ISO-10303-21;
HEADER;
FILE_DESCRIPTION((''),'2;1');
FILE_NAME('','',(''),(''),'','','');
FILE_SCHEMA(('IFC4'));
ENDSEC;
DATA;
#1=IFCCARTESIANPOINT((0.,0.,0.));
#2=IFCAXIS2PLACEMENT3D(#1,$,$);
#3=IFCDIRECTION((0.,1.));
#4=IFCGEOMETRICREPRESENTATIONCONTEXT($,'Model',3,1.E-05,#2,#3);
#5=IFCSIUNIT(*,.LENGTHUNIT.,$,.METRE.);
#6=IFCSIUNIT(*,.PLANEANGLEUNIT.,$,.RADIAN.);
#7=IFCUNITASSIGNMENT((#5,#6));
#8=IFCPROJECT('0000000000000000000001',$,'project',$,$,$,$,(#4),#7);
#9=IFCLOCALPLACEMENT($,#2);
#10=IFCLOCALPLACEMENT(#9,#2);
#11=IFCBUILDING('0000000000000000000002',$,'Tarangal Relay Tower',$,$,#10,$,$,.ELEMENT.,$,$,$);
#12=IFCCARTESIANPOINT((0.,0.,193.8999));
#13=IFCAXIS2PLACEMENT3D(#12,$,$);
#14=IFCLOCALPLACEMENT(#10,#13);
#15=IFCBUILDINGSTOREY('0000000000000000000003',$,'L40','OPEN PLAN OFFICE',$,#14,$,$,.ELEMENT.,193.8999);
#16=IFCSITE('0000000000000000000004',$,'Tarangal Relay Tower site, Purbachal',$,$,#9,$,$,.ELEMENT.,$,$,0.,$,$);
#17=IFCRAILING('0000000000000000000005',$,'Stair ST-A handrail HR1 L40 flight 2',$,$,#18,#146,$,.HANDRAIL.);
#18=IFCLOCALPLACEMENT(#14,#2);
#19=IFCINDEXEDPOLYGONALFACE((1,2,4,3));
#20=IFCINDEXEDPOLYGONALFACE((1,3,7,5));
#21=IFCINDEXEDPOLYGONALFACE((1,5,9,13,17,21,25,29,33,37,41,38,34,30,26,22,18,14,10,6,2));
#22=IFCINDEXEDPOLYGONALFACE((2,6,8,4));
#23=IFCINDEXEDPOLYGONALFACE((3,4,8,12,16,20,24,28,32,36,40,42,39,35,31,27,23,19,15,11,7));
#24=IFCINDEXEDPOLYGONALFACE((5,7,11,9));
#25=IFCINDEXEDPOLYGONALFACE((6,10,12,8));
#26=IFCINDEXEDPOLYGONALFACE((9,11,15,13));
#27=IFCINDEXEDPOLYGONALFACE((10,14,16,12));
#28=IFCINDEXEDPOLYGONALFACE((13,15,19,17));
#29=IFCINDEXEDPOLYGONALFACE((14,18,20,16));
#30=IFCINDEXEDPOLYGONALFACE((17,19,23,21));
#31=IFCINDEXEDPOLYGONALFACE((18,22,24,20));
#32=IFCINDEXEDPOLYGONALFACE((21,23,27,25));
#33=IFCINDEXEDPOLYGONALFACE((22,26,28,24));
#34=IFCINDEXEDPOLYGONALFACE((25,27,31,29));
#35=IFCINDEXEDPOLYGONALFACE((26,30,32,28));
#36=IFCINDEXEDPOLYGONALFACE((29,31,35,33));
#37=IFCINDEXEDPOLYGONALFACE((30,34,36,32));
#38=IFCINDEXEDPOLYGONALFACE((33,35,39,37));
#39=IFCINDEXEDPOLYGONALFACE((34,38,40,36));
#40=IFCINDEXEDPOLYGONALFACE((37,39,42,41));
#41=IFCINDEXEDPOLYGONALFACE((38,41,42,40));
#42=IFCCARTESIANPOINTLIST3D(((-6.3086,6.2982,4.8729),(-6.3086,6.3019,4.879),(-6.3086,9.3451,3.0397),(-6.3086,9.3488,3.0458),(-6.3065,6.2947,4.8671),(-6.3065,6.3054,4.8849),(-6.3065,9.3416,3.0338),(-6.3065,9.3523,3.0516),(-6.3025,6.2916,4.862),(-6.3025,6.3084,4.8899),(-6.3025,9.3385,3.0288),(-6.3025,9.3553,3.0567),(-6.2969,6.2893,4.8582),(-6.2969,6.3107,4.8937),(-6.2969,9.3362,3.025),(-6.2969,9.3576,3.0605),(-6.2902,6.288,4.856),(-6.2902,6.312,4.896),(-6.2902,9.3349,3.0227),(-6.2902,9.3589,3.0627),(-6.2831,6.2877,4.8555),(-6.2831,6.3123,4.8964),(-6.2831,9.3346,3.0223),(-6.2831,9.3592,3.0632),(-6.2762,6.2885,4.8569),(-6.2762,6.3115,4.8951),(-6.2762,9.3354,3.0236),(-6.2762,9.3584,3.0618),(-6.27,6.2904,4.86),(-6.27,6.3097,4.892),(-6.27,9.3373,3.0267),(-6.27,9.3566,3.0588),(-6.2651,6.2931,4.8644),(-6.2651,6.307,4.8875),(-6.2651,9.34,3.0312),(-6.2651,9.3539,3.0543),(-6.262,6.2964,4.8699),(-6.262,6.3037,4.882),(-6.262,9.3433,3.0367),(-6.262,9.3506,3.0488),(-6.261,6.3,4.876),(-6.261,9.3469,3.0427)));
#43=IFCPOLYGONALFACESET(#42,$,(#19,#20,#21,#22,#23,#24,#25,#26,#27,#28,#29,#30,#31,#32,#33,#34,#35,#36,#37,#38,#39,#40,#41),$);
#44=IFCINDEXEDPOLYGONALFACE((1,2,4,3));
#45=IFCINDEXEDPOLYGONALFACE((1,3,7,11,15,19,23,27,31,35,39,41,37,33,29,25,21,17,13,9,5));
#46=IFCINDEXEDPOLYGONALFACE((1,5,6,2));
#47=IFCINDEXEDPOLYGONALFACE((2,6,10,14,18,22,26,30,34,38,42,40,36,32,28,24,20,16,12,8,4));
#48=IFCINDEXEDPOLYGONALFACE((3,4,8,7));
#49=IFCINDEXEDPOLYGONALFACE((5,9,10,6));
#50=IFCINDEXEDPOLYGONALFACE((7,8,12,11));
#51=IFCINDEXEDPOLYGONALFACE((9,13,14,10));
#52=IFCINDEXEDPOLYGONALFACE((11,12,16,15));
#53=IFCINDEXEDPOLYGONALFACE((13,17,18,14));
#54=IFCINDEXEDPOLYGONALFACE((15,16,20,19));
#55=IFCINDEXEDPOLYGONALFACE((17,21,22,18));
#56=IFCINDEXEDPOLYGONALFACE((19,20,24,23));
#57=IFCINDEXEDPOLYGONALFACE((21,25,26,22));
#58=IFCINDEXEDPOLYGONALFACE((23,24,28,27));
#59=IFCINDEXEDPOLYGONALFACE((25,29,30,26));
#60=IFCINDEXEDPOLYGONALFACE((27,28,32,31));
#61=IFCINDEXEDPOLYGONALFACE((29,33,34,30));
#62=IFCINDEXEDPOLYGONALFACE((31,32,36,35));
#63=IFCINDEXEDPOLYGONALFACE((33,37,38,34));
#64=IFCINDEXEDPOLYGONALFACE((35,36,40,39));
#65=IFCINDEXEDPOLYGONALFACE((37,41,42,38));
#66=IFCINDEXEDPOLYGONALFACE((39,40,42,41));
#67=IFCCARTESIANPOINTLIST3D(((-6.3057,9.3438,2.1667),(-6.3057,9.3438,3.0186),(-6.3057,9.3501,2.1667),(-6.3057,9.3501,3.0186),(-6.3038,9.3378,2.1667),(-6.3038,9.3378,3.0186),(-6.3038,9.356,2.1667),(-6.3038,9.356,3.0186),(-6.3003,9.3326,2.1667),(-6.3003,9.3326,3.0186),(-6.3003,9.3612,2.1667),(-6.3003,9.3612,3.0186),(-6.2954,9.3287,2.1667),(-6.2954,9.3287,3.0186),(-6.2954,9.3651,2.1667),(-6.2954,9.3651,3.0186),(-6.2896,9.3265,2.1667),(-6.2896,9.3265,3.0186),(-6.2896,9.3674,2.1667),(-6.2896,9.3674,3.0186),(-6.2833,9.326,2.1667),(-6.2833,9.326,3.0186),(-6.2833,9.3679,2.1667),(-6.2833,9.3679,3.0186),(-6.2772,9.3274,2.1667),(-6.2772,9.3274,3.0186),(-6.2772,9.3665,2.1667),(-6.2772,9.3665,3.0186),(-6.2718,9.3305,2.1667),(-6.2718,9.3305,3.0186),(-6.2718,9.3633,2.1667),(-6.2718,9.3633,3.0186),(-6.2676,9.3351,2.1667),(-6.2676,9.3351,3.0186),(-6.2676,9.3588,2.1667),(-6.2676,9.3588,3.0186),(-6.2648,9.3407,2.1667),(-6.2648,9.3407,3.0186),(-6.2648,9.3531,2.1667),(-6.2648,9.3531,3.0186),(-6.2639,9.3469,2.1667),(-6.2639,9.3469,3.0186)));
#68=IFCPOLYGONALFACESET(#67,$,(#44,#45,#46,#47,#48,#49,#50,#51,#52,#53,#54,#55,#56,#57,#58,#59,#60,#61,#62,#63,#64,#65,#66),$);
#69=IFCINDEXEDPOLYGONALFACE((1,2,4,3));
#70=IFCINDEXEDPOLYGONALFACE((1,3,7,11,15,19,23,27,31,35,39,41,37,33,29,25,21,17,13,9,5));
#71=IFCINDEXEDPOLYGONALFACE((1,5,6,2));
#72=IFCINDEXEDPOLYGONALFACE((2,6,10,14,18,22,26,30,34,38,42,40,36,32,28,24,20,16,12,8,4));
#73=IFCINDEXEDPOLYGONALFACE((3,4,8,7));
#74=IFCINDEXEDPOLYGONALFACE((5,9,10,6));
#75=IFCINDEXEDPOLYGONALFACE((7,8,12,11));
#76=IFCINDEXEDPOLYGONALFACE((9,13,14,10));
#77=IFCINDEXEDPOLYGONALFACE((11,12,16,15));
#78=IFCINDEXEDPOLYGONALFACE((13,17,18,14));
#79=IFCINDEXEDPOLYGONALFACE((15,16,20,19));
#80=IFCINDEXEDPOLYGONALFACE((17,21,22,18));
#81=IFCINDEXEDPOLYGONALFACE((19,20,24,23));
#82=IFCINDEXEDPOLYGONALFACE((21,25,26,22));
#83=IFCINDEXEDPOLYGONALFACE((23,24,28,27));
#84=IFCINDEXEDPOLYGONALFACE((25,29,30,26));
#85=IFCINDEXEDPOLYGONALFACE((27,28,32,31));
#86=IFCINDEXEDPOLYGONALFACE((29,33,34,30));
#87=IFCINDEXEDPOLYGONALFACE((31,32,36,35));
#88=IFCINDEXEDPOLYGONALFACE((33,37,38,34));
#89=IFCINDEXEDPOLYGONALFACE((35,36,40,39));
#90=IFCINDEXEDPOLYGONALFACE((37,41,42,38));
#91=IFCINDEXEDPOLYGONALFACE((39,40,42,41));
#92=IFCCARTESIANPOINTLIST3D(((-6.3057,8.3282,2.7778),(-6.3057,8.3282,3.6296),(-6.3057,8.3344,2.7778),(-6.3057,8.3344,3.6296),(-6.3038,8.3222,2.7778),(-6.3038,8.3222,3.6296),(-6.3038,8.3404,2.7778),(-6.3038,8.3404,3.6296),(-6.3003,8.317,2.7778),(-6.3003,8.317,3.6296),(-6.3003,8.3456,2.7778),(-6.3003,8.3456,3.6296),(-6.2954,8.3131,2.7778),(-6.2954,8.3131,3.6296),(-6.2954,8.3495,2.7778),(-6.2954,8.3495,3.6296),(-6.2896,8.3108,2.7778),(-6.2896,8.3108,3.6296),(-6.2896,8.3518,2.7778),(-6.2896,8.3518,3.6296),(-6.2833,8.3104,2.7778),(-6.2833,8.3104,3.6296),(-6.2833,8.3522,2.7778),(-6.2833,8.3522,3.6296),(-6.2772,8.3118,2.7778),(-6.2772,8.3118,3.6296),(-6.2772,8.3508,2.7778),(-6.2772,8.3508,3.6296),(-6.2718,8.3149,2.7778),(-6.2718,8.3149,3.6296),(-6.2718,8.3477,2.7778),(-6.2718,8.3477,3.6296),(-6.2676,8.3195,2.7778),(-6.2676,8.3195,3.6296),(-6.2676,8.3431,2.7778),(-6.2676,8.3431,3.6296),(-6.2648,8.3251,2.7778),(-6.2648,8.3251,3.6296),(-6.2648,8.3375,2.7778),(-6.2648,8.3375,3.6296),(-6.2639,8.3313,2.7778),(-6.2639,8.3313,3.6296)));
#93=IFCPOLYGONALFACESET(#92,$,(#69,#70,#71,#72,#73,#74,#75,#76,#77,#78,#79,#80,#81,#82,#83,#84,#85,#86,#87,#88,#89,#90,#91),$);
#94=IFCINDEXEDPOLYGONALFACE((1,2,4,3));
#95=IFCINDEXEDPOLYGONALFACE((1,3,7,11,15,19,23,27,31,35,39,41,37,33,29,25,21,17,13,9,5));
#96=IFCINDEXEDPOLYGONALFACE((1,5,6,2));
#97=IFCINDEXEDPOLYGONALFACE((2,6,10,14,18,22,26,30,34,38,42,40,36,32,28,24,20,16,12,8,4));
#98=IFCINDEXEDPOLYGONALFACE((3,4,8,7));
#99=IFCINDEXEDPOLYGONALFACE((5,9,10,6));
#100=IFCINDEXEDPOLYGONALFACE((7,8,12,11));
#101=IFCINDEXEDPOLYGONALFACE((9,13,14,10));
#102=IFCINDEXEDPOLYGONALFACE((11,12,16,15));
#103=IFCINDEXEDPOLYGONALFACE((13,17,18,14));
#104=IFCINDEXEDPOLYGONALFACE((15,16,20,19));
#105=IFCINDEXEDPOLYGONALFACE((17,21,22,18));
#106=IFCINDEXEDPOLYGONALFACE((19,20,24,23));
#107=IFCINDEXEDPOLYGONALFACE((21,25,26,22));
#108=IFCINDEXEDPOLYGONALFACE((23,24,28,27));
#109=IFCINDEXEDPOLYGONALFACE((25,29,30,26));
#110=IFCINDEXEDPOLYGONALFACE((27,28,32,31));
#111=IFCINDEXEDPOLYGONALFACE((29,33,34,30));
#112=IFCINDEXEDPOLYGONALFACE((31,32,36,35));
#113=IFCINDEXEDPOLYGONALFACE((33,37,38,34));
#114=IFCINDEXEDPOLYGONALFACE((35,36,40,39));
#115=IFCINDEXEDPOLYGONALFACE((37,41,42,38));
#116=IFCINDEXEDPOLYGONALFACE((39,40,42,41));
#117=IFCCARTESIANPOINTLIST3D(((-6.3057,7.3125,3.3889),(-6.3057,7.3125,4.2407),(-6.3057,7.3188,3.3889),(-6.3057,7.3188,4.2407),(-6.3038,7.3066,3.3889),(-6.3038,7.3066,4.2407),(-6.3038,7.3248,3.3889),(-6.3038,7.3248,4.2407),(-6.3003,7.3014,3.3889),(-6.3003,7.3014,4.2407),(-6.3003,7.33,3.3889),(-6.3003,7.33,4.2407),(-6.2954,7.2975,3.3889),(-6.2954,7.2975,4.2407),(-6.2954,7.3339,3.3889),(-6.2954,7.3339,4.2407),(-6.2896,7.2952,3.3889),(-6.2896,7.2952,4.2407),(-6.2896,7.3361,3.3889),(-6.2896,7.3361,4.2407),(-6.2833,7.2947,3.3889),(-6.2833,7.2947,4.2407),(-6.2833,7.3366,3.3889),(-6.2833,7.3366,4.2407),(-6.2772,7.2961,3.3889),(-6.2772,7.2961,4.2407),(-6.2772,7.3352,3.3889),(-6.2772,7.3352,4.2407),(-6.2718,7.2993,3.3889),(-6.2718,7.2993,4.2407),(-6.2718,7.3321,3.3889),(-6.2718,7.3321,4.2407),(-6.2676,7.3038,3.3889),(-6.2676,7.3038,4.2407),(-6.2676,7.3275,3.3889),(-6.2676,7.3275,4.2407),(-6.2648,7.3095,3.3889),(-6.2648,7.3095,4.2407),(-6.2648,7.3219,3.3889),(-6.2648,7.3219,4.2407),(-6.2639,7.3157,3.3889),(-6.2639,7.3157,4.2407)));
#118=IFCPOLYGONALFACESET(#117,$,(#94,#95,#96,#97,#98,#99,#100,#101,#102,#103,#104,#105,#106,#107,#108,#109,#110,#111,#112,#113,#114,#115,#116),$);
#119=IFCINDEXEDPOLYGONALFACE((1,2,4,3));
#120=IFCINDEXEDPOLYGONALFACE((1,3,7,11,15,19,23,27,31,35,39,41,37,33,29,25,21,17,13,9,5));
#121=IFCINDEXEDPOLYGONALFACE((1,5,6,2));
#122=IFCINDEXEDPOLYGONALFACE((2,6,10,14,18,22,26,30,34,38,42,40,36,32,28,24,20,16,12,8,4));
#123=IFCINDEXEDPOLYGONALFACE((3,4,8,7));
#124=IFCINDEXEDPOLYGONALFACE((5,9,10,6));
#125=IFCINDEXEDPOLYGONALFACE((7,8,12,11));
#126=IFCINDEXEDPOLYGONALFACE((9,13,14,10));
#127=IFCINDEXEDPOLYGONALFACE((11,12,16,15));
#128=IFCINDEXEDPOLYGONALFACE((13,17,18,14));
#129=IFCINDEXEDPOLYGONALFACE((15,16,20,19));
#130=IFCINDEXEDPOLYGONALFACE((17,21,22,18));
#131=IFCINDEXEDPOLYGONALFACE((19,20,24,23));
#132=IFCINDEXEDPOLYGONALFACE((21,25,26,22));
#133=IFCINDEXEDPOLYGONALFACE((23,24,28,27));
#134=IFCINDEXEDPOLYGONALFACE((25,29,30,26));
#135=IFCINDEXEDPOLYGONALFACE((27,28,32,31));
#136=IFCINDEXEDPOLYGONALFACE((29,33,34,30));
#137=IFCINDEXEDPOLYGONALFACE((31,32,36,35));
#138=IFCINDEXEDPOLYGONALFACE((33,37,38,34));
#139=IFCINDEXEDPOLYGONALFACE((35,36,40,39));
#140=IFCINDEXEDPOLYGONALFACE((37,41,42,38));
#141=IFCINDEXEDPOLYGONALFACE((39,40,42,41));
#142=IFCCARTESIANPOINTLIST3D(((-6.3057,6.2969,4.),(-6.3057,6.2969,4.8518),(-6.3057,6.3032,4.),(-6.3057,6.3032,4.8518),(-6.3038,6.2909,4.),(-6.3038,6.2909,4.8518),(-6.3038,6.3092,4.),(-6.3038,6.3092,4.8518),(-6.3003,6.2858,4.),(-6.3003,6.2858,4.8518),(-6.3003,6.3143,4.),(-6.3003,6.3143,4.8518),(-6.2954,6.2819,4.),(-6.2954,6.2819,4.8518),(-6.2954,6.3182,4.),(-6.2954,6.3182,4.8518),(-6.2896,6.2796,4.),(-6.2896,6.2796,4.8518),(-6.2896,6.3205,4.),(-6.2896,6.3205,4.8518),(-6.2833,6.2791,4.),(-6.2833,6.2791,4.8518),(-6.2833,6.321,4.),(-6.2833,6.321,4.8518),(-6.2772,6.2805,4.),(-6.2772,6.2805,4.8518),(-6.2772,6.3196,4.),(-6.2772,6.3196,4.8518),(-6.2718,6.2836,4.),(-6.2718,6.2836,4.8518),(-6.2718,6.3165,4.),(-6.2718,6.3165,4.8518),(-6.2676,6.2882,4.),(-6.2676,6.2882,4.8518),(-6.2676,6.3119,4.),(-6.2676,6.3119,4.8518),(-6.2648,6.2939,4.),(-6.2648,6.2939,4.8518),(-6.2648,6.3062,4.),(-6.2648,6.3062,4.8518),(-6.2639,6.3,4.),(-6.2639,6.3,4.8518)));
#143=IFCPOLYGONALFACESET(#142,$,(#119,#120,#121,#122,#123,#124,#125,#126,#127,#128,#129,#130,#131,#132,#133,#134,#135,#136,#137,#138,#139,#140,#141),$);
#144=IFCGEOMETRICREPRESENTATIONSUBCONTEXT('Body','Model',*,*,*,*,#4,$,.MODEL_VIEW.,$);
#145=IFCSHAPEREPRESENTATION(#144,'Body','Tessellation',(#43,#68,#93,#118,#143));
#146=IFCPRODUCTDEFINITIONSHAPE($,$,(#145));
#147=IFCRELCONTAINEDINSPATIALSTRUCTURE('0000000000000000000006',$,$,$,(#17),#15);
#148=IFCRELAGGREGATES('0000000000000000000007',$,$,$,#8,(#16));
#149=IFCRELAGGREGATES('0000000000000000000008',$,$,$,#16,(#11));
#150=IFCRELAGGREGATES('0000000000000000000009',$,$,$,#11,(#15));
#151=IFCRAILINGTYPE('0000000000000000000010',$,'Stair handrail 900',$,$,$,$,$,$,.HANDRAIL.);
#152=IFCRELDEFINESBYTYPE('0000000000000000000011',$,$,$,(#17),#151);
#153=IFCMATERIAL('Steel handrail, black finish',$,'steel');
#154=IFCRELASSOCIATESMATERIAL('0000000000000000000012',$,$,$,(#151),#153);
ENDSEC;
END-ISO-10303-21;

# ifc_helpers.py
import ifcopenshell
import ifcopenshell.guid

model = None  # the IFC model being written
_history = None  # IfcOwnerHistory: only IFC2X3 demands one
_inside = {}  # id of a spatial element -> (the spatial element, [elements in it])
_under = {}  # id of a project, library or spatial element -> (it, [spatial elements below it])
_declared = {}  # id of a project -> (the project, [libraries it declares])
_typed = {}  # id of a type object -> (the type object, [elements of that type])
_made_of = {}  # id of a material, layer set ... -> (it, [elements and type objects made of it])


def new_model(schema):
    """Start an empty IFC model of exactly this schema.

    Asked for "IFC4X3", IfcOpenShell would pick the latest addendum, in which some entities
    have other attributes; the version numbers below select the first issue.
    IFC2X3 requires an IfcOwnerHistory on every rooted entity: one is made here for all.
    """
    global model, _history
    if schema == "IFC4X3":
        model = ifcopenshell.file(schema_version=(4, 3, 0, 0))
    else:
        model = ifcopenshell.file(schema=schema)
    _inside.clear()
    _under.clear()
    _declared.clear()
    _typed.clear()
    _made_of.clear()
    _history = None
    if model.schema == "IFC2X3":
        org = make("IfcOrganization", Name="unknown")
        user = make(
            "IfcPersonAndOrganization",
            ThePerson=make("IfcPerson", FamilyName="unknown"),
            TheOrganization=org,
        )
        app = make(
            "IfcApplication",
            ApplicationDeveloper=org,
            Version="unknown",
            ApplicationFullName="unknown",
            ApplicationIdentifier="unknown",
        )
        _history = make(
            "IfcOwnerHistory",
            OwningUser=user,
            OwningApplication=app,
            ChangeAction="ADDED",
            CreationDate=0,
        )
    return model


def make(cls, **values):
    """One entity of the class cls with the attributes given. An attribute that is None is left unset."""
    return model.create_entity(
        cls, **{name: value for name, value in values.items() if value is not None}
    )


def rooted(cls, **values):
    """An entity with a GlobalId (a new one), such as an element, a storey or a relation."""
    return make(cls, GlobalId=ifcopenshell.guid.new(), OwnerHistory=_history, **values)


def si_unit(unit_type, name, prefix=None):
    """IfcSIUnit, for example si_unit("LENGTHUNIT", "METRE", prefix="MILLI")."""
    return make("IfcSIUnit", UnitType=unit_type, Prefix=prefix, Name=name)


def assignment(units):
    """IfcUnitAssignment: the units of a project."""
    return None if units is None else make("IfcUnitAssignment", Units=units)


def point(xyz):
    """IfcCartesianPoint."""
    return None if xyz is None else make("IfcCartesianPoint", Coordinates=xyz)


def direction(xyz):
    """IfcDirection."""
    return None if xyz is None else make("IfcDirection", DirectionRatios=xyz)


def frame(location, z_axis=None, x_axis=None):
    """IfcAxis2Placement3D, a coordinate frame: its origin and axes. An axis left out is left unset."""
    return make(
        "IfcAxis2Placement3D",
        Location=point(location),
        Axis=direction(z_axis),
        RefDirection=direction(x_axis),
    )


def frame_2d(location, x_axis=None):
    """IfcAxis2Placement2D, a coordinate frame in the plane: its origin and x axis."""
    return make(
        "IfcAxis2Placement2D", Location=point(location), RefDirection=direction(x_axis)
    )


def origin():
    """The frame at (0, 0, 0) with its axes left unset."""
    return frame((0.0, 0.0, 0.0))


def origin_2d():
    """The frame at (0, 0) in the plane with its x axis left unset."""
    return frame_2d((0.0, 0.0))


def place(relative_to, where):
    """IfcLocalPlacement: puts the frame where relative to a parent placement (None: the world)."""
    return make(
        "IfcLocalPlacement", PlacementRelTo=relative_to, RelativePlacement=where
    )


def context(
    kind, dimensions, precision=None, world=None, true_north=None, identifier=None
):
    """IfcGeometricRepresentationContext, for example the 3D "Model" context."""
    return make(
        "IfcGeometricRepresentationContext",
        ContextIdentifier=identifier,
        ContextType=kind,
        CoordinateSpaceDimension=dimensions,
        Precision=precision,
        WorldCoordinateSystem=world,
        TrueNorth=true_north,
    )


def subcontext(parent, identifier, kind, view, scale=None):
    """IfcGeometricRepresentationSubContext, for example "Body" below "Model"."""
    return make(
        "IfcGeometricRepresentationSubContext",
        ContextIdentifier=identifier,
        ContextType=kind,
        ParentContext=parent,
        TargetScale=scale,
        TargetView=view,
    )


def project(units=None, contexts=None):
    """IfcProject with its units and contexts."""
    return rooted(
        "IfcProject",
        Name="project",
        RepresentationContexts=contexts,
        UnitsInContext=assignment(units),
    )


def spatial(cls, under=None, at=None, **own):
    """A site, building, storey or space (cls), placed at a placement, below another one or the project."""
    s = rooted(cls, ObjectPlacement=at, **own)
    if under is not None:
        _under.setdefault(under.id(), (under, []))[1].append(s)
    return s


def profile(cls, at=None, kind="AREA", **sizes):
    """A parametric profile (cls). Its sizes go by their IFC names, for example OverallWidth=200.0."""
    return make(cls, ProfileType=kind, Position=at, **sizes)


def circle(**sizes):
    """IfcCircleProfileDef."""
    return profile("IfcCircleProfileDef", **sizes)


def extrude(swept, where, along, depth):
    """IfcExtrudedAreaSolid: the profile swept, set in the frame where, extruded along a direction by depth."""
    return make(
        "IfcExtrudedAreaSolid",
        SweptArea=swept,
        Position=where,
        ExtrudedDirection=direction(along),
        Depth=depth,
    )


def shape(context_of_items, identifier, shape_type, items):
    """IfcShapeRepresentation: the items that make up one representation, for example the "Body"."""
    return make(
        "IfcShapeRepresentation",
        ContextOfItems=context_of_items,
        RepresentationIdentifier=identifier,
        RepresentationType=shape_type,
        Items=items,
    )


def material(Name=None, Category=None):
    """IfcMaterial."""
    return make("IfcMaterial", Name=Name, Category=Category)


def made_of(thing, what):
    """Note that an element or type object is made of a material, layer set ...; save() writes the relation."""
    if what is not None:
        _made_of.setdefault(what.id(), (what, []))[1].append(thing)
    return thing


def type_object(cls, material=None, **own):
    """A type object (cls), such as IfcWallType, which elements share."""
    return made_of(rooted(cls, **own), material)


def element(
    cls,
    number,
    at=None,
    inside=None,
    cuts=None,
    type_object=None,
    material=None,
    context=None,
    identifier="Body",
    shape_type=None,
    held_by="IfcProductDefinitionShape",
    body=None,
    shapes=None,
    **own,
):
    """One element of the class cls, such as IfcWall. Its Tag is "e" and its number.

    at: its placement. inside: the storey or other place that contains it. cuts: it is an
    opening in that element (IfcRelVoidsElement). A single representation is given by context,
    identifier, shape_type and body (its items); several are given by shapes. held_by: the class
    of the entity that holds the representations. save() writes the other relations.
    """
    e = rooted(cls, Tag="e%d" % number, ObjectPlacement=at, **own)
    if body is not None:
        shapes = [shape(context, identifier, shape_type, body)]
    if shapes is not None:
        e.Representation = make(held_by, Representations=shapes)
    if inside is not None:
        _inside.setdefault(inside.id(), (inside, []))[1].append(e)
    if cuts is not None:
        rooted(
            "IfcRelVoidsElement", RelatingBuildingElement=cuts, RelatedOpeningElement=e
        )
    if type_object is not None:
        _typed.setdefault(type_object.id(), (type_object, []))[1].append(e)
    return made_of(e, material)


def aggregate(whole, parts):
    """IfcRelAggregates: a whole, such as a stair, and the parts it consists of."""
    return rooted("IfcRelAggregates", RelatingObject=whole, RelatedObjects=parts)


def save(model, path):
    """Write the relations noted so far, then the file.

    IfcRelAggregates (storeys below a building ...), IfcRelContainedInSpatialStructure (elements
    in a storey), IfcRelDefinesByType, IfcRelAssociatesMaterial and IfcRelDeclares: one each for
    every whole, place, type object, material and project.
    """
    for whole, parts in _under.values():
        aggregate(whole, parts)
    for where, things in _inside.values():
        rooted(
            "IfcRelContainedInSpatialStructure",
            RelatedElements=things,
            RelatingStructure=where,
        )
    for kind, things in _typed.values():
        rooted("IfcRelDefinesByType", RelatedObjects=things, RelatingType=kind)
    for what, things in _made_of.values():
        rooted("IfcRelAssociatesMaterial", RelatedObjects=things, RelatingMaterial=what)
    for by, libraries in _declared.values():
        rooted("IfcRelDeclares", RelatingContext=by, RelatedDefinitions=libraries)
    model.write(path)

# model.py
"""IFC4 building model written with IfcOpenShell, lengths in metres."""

from ifc_helpers import new_model, si_unit, direction, frame, origin, origin_2d, place, context, subcontext, project, spatial, circle, extrude, material, type_object, element, save


model = new_model("IFC4")

# Units and contexts
model_context = context("Model", 3, precision=1e-05, world=origin(), true_north=direction((0.0, 1.0)))
body_context = subcontext(model_context, "Body", "Model", "MODEL_VIEW")
ifc_project = project(units=[si_unit("LENGTHUNIT", "METRE"), si_unit("PLANEANGLEUNIT", "RADIAN")], contexts=[model_context])

# Site, building, storey
site_placement = place(None, origin())
site = spatial("IfcSite", under=ifc_project, at=site_placement, Name="Tarangal Relay Tower site, Purbachal", CompositionType="ELEMENT", RefElevation=0.0)
building_placement = place(site_placement, origin())
building = spatial("IfcBuilding", under=site, at=building_placement, Name="Tarangal Relay Tower", CompositionType="ELEMENT")
storey_placement = place(building_placement, frame((0.0, 0.0, 193.8999)))
storey = spatial("IfcBuildingStorey", under=building, at=storey_placement, Name="L40", Description="OPEN PLAN OFFICE", CompositionType="ELEMENT", Elevation=193.8999)

# Railing
ifc_material_1 = material(Name="Steel handrail, black finish", Category="steel")
railing_type_1 = type_object("IfcRailingType", Name="Stair handrail 900", PredefinedType="HANDRAIL", material=ifc_material_1)
railing_1_placement = place(storey_placement, frame((-6.2849, 9.3469, 2.1667)))
element("IfcRailing", 1, at=railing_1_placement, inside=storey, type_object=railing_type_1, Name="Stair ST-A handrail HR1 L40 flight 2", PredefinedType="HANDRAIL", context=body_context, shape_type="SweptSolid", body=[
    extrude(circle(Radius=0.0239, at=origin_2d()), frame((0.0, 0.0, 0.876), z_axis=(0.0, -0.856856, 0.515556), x_axis=(1.0, 0.0, 0.0)), (0.0, 0.0, 1.0), 3.5559),
    extrude(circle(Radius=0.021, at=origin_2d()), origin(), (0.0, 0.0, 1.0), 0.8518),
    extrude(circle(Radius=0.021, at=origin_2d()), frame((0.0, -1.0156, 0.6111)), (0.0, 0.0, 1.0), 0.8518),
    extrude(circle(Radius=0.021, at=origin_2d()), frame((0.0, -2.0312, 1.2222)), (0.0, 0.0, 1.0), 0.8518),
    extrude(circle(Radius=0.021, at=origin_2d()), frame((0.0, -3.0469, 1.8333)), (0.0, 0.0, 1.0), 0.8518),
])

save(model, "model.ifc")
